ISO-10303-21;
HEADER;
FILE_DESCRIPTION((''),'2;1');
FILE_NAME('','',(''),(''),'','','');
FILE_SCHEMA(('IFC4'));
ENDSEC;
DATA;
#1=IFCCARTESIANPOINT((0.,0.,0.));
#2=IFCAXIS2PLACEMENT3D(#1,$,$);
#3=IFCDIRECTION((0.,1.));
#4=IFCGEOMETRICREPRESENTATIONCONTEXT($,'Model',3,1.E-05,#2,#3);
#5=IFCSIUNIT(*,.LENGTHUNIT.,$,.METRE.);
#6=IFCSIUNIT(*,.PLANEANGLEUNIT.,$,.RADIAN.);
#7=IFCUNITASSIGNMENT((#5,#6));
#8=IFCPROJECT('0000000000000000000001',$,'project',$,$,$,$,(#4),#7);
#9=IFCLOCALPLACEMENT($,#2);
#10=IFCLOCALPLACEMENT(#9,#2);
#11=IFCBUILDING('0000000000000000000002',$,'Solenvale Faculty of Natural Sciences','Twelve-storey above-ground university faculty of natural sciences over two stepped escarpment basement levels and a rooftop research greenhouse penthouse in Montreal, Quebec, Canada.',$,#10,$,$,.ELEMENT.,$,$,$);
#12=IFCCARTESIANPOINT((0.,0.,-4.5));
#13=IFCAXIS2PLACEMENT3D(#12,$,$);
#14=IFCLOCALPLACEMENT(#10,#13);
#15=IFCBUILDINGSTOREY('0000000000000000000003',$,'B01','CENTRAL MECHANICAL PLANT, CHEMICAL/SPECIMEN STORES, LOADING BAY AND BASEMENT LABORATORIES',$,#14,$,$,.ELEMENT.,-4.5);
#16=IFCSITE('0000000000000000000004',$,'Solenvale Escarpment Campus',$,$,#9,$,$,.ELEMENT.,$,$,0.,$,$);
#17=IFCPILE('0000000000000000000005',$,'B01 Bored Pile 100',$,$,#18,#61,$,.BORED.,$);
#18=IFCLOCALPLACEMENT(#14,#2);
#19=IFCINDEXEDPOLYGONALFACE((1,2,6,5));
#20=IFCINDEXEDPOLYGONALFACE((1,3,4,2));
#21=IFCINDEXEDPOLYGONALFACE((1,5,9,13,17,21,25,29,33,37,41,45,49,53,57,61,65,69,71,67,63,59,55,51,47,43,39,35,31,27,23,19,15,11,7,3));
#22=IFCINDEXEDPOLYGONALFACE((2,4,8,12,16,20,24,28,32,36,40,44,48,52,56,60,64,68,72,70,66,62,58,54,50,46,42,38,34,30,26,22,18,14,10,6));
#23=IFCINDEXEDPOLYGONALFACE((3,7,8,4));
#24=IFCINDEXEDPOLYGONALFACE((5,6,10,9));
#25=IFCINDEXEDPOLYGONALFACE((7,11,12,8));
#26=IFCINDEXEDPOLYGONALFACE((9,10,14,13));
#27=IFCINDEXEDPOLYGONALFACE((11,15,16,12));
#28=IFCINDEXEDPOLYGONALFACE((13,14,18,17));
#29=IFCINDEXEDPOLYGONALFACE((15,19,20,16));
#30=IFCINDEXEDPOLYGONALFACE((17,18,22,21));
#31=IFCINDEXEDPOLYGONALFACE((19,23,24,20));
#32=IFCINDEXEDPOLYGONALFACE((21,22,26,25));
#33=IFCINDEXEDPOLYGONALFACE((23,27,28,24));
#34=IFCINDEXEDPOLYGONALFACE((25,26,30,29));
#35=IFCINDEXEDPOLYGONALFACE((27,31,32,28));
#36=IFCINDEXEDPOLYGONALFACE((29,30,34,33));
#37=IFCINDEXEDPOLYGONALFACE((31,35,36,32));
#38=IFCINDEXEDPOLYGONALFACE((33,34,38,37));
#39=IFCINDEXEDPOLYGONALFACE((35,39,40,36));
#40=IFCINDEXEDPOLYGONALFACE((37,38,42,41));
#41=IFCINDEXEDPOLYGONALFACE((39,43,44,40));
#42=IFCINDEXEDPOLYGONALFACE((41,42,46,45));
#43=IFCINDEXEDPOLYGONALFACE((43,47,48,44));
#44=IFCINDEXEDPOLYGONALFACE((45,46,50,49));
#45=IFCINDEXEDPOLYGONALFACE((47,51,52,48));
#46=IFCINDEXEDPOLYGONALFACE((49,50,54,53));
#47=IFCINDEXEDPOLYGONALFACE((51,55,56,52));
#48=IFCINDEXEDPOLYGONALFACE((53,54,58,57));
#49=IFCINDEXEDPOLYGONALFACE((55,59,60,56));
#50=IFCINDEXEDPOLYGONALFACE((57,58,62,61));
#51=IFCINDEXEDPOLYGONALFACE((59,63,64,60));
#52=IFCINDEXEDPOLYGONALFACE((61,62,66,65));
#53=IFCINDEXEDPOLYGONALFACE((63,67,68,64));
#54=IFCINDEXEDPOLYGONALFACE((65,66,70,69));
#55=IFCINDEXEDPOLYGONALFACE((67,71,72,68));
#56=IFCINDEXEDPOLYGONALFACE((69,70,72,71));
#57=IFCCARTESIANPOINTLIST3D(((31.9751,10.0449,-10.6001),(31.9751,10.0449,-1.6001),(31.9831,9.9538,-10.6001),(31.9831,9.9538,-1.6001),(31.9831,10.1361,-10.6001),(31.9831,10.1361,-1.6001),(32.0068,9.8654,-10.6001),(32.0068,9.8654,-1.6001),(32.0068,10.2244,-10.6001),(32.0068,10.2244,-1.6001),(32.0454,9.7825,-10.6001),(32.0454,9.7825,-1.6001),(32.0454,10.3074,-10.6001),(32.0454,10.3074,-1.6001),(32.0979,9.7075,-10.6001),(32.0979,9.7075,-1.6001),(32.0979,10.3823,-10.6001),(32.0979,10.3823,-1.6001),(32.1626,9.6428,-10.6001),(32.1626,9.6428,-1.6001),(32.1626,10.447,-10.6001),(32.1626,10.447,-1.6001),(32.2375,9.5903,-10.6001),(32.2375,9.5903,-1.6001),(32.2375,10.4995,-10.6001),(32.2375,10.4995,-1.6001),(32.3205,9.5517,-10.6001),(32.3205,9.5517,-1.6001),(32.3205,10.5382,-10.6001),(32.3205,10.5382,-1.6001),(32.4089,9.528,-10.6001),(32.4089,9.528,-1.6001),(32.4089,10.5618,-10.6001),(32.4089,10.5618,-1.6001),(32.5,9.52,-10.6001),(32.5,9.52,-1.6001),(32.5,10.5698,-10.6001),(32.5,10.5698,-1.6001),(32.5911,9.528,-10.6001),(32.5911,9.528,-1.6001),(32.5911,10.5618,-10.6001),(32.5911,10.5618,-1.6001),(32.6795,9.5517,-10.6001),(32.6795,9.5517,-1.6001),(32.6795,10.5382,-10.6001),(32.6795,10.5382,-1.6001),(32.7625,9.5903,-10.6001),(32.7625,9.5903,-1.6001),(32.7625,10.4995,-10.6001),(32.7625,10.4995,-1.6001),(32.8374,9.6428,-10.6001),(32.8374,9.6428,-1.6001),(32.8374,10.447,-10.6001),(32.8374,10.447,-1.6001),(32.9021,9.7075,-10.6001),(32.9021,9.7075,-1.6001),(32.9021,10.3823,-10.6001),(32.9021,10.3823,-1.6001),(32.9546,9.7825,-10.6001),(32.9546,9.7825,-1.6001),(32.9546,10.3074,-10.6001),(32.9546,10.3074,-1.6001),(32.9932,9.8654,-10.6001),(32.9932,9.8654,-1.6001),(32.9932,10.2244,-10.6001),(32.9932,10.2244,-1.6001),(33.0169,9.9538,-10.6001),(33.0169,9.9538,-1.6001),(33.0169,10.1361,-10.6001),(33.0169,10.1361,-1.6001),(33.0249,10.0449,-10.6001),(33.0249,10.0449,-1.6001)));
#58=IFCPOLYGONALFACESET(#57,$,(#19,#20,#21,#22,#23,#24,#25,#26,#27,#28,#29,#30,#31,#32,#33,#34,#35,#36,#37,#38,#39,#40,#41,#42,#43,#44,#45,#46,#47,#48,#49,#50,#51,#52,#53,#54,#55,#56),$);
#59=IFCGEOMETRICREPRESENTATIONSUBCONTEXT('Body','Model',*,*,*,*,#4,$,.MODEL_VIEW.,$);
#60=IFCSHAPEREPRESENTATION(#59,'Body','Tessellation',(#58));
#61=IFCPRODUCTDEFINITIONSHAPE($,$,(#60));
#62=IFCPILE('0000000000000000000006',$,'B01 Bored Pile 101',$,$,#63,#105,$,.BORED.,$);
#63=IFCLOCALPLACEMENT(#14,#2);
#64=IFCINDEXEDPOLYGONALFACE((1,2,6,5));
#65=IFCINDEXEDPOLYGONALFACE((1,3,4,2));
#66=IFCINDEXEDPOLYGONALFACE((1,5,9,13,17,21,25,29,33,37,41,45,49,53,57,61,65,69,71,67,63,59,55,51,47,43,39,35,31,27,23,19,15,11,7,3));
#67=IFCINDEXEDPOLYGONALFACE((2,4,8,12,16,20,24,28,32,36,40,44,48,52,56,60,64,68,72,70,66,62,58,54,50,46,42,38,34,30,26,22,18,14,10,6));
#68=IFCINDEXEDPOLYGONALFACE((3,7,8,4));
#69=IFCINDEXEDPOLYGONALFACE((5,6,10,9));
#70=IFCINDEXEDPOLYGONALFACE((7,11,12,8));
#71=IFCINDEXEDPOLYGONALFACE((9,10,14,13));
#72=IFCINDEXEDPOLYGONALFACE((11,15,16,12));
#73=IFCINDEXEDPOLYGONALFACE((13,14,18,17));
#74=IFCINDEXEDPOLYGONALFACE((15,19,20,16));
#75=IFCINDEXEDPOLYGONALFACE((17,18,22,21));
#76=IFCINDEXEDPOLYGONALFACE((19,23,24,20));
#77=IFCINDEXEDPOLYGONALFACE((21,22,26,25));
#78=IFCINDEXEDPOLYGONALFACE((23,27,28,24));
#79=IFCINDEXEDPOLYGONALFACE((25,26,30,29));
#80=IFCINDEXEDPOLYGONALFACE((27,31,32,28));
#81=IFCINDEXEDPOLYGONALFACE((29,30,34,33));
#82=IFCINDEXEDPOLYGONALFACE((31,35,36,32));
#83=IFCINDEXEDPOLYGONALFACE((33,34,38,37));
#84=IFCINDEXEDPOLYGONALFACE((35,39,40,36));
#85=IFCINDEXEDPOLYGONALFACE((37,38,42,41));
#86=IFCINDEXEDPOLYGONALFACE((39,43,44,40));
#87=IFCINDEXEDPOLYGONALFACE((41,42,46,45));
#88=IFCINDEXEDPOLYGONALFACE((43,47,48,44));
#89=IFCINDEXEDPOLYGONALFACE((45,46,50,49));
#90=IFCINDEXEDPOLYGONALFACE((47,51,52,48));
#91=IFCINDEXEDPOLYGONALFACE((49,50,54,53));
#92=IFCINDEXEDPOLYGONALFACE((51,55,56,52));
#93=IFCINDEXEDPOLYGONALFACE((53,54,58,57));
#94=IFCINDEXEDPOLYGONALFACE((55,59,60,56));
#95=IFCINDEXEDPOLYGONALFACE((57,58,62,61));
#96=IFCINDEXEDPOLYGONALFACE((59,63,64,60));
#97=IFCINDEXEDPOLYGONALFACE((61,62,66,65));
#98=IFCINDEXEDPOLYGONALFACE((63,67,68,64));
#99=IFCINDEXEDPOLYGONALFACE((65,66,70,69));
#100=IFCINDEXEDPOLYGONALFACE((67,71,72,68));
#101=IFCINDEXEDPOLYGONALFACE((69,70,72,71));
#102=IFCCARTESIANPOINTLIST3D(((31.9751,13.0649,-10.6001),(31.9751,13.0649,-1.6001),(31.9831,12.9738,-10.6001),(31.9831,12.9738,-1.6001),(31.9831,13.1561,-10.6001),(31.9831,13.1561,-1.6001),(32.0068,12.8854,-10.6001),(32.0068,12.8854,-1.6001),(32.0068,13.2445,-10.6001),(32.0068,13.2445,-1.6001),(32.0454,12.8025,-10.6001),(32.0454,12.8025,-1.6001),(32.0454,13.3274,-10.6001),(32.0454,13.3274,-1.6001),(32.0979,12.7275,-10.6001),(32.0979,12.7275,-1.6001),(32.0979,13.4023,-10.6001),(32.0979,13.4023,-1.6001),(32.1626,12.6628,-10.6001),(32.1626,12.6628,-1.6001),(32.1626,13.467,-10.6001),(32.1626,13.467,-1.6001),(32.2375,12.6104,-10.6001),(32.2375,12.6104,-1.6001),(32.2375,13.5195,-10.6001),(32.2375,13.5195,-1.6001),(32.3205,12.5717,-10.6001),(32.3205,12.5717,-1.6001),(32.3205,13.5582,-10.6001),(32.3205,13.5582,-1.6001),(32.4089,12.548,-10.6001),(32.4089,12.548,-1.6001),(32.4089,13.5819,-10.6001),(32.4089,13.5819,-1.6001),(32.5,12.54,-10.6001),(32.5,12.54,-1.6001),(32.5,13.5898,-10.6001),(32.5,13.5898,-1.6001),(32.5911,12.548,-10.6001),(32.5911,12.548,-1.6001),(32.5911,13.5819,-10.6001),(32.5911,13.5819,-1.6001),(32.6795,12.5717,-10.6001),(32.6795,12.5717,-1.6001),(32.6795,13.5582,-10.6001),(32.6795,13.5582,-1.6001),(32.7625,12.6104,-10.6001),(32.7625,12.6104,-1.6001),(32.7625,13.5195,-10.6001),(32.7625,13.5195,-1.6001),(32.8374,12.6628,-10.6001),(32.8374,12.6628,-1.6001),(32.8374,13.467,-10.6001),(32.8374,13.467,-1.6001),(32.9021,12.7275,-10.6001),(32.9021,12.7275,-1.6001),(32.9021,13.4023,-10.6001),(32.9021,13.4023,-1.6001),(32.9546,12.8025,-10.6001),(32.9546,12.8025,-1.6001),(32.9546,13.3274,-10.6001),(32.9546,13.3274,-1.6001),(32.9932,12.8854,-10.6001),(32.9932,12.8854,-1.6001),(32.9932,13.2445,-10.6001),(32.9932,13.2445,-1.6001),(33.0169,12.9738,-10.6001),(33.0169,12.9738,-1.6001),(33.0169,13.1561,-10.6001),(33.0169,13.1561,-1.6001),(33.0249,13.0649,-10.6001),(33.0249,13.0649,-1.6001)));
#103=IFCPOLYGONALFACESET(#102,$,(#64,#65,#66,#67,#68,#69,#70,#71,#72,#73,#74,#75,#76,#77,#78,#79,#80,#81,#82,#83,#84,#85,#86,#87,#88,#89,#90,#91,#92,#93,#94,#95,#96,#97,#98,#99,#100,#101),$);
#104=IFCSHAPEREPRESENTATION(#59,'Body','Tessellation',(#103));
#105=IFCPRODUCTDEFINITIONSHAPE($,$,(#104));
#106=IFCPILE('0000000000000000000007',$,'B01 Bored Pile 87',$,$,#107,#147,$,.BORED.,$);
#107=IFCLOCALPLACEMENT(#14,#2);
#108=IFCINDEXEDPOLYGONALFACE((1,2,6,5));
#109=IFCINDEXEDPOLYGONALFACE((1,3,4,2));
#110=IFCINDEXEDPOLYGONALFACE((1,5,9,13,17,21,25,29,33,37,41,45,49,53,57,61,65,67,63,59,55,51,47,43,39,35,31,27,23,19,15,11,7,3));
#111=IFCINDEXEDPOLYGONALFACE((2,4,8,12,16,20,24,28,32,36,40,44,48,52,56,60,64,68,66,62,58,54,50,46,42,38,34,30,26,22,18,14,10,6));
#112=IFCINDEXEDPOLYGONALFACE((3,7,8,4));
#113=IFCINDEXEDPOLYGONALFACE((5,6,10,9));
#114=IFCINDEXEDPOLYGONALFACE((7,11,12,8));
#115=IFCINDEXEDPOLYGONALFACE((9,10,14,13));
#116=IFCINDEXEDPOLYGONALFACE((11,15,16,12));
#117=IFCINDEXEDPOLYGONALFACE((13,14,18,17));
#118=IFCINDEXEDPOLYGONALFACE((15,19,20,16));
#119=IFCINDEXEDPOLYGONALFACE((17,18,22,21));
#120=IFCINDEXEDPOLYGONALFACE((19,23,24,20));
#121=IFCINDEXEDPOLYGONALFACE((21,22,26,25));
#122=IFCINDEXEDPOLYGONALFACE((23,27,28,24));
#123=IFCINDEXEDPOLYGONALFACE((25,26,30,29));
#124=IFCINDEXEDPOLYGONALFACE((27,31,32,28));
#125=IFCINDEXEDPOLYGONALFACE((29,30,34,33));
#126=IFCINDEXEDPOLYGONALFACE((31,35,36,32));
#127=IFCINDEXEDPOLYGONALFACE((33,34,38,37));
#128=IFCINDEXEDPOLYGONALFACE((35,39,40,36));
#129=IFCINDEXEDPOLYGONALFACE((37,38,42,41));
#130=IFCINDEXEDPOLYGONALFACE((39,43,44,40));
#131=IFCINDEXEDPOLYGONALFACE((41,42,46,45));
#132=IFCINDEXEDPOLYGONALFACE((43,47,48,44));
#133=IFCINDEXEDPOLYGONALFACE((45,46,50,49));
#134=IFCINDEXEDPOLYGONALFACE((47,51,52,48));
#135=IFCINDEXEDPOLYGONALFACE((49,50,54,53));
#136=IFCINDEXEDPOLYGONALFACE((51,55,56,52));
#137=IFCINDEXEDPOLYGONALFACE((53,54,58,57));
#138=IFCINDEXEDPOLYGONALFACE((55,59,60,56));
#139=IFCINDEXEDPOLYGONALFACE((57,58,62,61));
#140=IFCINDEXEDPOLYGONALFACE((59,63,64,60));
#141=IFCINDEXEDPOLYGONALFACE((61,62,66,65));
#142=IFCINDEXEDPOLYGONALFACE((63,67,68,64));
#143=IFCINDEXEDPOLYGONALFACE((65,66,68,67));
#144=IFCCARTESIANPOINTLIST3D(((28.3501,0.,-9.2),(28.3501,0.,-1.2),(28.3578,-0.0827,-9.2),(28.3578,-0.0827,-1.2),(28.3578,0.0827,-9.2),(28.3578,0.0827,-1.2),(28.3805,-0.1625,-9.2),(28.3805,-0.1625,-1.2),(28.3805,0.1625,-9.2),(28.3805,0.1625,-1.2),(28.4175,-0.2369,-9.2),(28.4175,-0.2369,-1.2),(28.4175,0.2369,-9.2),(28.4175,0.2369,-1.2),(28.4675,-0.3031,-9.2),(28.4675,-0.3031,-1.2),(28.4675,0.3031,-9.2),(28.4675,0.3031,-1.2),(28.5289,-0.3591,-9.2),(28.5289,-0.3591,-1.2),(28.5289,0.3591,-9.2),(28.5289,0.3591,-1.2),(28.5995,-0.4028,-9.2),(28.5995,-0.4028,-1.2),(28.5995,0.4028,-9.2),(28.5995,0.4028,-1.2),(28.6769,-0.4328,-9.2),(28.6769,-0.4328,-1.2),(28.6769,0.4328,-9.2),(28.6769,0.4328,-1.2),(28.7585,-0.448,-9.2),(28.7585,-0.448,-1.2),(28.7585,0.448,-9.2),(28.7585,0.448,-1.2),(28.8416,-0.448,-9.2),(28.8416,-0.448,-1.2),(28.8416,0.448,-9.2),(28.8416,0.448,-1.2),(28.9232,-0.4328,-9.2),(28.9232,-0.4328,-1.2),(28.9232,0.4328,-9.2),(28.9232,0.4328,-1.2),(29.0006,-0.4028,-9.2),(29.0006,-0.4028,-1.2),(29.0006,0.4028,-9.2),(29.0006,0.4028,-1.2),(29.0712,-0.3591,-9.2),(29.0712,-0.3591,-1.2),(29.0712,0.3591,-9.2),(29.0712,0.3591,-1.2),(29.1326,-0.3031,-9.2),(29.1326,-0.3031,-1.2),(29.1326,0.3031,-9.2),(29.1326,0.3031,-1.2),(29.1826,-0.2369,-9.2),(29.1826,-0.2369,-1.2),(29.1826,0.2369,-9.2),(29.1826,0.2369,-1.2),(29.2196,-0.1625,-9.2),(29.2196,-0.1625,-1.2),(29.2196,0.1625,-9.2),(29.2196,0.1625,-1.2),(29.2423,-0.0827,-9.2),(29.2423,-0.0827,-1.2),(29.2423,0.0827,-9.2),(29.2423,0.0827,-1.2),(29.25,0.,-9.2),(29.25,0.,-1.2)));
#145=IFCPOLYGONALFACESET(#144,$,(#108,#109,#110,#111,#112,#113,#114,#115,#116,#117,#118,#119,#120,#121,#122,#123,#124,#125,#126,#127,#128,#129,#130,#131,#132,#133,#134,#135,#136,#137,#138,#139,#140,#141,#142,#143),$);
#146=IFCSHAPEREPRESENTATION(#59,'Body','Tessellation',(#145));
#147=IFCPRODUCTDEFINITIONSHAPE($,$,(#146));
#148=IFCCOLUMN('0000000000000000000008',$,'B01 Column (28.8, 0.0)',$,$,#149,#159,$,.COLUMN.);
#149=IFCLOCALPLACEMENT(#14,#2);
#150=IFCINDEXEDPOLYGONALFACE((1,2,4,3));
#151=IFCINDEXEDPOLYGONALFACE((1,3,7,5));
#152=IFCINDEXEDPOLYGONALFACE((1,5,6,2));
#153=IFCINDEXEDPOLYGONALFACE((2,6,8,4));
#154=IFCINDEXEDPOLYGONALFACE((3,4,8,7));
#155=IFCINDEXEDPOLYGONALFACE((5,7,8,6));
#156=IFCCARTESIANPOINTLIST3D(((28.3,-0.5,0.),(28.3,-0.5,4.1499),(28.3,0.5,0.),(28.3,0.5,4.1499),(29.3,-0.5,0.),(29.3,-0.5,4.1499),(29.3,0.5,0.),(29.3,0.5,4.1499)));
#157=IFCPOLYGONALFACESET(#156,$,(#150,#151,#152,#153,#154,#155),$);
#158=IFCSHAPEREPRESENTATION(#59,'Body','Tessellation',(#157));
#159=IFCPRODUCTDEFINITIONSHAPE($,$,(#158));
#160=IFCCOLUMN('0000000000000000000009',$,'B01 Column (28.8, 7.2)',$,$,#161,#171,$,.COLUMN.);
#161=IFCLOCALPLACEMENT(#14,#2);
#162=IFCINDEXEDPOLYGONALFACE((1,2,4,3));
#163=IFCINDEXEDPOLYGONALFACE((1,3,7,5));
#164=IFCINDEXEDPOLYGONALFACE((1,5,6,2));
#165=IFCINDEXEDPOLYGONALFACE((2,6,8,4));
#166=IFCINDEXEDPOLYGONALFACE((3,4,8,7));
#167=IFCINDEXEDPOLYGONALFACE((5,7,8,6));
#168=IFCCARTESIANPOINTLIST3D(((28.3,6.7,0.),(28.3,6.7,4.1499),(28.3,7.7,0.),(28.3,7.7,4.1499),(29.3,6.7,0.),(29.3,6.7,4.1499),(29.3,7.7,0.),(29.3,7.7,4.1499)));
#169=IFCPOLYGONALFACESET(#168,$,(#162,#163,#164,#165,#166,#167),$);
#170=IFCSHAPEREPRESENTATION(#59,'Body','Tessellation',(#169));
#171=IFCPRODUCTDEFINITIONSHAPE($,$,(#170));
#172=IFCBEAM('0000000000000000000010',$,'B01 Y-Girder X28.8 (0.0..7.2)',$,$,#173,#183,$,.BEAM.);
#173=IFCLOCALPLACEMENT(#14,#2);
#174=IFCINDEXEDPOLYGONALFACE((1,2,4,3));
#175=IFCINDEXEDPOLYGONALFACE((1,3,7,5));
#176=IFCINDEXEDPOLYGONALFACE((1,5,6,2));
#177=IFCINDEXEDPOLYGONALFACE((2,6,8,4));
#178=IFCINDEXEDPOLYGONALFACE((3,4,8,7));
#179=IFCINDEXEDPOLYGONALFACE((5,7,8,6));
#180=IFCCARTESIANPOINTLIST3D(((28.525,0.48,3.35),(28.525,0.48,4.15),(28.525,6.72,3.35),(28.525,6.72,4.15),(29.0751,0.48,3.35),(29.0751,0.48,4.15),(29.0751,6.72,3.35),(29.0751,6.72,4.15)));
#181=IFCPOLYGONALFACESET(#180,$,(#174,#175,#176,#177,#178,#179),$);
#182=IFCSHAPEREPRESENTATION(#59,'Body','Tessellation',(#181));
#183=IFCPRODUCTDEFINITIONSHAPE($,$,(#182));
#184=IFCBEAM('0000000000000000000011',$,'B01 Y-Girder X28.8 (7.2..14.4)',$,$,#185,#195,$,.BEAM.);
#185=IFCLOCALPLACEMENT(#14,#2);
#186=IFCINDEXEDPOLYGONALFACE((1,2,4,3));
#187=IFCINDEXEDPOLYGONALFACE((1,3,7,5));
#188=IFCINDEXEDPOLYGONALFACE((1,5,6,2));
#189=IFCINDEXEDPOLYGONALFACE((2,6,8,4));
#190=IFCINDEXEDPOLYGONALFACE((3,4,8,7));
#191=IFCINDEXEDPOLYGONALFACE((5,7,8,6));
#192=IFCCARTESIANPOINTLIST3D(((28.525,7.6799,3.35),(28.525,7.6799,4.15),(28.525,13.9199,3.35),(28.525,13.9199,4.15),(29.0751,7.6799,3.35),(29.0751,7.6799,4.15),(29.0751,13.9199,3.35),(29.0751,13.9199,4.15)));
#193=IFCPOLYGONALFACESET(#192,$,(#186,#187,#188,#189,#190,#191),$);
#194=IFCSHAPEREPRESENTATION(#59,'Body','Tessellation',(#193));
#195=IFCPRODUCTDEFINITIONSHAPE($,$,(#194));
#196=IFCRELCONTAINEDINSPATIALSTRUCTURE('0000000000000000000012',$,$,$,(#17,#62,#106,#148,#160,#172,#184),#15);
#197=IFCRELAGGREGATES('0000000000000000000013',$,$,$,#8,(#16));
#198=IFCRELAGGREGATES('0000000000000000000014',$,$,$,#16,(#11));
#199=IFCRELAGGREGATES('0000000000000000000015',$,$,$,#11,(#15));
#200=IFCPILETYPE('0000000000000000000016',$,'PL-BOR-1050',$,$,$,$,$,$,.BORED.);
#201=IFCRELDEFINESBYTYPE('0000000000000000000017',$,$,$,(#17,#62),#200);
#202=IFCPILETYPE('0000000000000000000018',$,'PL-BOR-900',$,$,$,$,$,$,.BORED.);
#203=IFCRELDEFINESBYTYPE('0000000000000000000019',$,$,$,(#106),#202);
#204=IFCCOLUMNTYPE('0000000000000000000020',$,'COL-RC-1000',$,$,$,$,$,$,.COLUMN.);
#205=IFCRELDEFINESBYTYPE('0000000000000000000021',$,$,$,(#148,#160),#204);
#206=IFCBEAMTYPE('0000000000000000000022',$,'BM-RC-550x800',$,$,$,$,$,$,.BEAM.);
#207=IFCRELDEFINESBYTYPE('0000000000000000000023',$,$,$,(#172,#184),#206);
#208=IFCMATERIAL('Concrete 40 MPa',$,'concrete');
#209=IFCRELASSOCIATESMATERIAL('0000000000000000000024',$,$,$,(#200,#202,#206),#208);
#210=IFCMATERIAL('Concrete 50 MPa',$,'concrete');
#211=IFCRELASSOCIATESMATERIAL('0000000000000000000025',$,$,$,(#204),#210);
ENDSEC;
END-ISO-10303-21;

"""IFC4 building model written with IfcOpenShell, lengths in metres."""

from ifc_helpers import new_model, si_unit, direction, frame, origin, origin_2d, place, context, subcontext, project, spatial, rectangle, circle, extrude, material, material_profile, profile_set, type_object, element, save


model = new_model("IFC4")

# Units and contexts
model_context = context("Model", 3, precision=1e-05, world=origin(), true_north=direction((0.0, 1.0)))
body_context = subcontext(model_context, "Body", "Model", "MODEL_VIEW")
ifc_project = project(units=[si_unit("LENGTHUNIT", "METRE"), si_unit("PLANEANGLEUNIT", "RADIAN")], contexts=[model_context])

# Site, building, storey
site_placement = place(None, origin())
site = spatial("IfcSite", under=ifc_project, at=site_placement, Name="Solenvale Escarpment Campus", CompositionType="ELEMENT", RefElevation=0.0)
building_placement = place(site_placement, origin())
building = spatial("IfcBuilding", under=site, at=building_placement, Name="Solenvale Faculty of Natural Sciences", Description="Twelve-storey above-ground university faculty of natural sciences over two stepped escarpment basement levels and a rooftop research greenhouse penthouse in Montreal, Quebec, Canada.", CompositionType="ELEMENT")
storey_placement = place(building_placement, frame((0.0, 0.0, -4.5)))
storey = spatial("IfcBuildingStorey", under=building, at=storey_placement, Name="B01", Description="CENTRAL MECHANICAL PLANT, CHEMICAL/SPECIMEN STORES, LOADING BAY AND BASEMENT LABORATORIES", CompositionType="ELEMENT", Elevation=-4.5)

# Shared definitions
ifc_material_1 = material(Name="Concrete 40 MPa", Category="concrete")

# Piles
ifc_material_profile_1 = material_profile(ifc_material_1, circle(Radius=0.5249, at=origin_2d()), Name="PILE-D1050")
ifc_profile_set_1 = profile_set([ifc_material_profile_1], Name="Concrete 40 MPa")
pile_type_1 = type_object("IfcPileType", Name="PL-BOR-1050", PredefinedType="BORED", material=ifc_profile_set_1)
for number, where, z_axis, x_axis, name in (
    (1, (32.5, 10.0449, -1.6001), (0.0, 0.0, -1.0), (1.0, 0.0, 0.0), "B01 Bored Pile 100"),
    (2, (32.5, 13.0649, -1.6001), (0.0, 0.0, -1.0), (1.0, 0.0, 0.0), "B01 Bored Pile 101"),
):
    element("IfcPile", number, at=place(storey_placement, frame(where, z_axis=z_axis, x_axis=x_axis)), inside=storey, type_object=pile_type_1, Name=name, PredefinedType="BORED", context=body_context, shape_type="SweptSolid", body=[
        extrude(circle(Radius=0.5249, at=origin_2d()), origin(), (0.0, 0.0, 1.0), 9.0),
    ])
ifc_material_profile_2 = material_profile(ifc_material_1, circle(Radius=0.45, at=origin_2d()), Name="PILE-D900")
ifc_profile_set_2 = profile_set([ifc_material_profile_2], Name="Concrete 40 MPa")
pile_type_2 = type_object("IfcPileType", Name="PL-BOR-900", PredefinedType="BORED", material=ifc_profile_set_2)
pile_placement = place(storey_placement, frame((28.8, 0.0, -1.2), z_axis=(0.0, 0.0, -1.0), x_axis=(1.0, 0.0, 0.0)))
element("IfcPile", 3, at=pile_placement, inside=storey, type_object=pile_type_2, Name="B01 Bored Pile 87", PredefinedType="BORED", context=body_context, shape_type="SweptSolid", body=[
    extrude(circle(Radius=0.45, at=origin_2d()), origin(), (0.0, 0.0, 1.0), 8.0),
])

# Columns
ifc_material_2 = material(Name="Concrete 50 MPa", Category="concrete")
ifc_material_profile_3 = material_profile(ifc_material_2, rectangle(XDim=1.0, YDim=1.0, at=origin_2d()), Name="RC-COL-1000x1000")
ifc_profile_set_3 = profile_set([ifc_material_profile_3], Name="Concrete 50 MPa")
column_type = type_object("IfcColumnType", Name="COL-RC-1000", PredefinedType="COLUMN", material=ifc_profile_set_3)
for number, where, z_axis, x_axis, name in (
    (4, (28.8, 0.0, 0.0), (0.0, 0.0, 1.0), (1.0, 0.0, 0.0), "B01 Column (28.8, 0.0)"),
    (5, (28.8, 7.2, 0.0), (0.0, 0.0, 1.0), (1.0, 0.0, 0.0), "B01 Column (28.8, 7.2)"),
):
    element("IfcColumn", number, at=place(storey_placement, frame(where, z_axis=z_axis, x_axis=x_axis)), inside=storey, type_object=column_type, Name=name, PredefinedType="COLUMN", context=body_context, shape_type="SweptSolid", body=[
        extrude(rectangle(XDim=1.0, YDim=1.0, at=origin_2d()), origin(), (0.0, 0.0, 1.0), 4.1499),
    ])

# Beams
ifc_material_profile_4 = material_profile(ifc_material_1, rectangle(XDim=0.55, YDim=0.8, at=origin_2d()), Name="RC-BM-550x800")
ifc_profile_set_4 = profile_set([ifc_material_profile_4], Name="Concrete 40 MPa")
beam_type_1 = type_object("IfcBeamType", Name="BM-RC-550x800", PredefinedType="BEAM", material=ifc_profile_set_4)
for number, where, z_axis, x_axis, name in (
    (6, (28.8, 0.48, 3.75), (0.0, 1.0, 0.0), (-1.0, 0.0, 0.0), "B01 Y-Girder X28.8 (0.0..7.2)"),
    (7, (28.8, 7.6799, 3.75), (0.0, 1.0, 0.0), (-1.0, 0.0, 0.0), "B01 Y-Girder X28.8 (7.2..14.4)"),
):
    element("IfcBeam", number, at=place(storey_placement, frame(where, z_axis=z_axis, x_axis=x_axis)), inside=storey, type_object=beam_type_1, Name=name, PredefinedType="BEAM", context=body_context, shape_type="SweptSolid", body=[
        extrude(rectangle(XDim=0.55, YDim=0.8, at=origin_2d()), origin(), (0.0, 0.0, 1.0), 6.24),
    ])

save(model, "model.ifc")
